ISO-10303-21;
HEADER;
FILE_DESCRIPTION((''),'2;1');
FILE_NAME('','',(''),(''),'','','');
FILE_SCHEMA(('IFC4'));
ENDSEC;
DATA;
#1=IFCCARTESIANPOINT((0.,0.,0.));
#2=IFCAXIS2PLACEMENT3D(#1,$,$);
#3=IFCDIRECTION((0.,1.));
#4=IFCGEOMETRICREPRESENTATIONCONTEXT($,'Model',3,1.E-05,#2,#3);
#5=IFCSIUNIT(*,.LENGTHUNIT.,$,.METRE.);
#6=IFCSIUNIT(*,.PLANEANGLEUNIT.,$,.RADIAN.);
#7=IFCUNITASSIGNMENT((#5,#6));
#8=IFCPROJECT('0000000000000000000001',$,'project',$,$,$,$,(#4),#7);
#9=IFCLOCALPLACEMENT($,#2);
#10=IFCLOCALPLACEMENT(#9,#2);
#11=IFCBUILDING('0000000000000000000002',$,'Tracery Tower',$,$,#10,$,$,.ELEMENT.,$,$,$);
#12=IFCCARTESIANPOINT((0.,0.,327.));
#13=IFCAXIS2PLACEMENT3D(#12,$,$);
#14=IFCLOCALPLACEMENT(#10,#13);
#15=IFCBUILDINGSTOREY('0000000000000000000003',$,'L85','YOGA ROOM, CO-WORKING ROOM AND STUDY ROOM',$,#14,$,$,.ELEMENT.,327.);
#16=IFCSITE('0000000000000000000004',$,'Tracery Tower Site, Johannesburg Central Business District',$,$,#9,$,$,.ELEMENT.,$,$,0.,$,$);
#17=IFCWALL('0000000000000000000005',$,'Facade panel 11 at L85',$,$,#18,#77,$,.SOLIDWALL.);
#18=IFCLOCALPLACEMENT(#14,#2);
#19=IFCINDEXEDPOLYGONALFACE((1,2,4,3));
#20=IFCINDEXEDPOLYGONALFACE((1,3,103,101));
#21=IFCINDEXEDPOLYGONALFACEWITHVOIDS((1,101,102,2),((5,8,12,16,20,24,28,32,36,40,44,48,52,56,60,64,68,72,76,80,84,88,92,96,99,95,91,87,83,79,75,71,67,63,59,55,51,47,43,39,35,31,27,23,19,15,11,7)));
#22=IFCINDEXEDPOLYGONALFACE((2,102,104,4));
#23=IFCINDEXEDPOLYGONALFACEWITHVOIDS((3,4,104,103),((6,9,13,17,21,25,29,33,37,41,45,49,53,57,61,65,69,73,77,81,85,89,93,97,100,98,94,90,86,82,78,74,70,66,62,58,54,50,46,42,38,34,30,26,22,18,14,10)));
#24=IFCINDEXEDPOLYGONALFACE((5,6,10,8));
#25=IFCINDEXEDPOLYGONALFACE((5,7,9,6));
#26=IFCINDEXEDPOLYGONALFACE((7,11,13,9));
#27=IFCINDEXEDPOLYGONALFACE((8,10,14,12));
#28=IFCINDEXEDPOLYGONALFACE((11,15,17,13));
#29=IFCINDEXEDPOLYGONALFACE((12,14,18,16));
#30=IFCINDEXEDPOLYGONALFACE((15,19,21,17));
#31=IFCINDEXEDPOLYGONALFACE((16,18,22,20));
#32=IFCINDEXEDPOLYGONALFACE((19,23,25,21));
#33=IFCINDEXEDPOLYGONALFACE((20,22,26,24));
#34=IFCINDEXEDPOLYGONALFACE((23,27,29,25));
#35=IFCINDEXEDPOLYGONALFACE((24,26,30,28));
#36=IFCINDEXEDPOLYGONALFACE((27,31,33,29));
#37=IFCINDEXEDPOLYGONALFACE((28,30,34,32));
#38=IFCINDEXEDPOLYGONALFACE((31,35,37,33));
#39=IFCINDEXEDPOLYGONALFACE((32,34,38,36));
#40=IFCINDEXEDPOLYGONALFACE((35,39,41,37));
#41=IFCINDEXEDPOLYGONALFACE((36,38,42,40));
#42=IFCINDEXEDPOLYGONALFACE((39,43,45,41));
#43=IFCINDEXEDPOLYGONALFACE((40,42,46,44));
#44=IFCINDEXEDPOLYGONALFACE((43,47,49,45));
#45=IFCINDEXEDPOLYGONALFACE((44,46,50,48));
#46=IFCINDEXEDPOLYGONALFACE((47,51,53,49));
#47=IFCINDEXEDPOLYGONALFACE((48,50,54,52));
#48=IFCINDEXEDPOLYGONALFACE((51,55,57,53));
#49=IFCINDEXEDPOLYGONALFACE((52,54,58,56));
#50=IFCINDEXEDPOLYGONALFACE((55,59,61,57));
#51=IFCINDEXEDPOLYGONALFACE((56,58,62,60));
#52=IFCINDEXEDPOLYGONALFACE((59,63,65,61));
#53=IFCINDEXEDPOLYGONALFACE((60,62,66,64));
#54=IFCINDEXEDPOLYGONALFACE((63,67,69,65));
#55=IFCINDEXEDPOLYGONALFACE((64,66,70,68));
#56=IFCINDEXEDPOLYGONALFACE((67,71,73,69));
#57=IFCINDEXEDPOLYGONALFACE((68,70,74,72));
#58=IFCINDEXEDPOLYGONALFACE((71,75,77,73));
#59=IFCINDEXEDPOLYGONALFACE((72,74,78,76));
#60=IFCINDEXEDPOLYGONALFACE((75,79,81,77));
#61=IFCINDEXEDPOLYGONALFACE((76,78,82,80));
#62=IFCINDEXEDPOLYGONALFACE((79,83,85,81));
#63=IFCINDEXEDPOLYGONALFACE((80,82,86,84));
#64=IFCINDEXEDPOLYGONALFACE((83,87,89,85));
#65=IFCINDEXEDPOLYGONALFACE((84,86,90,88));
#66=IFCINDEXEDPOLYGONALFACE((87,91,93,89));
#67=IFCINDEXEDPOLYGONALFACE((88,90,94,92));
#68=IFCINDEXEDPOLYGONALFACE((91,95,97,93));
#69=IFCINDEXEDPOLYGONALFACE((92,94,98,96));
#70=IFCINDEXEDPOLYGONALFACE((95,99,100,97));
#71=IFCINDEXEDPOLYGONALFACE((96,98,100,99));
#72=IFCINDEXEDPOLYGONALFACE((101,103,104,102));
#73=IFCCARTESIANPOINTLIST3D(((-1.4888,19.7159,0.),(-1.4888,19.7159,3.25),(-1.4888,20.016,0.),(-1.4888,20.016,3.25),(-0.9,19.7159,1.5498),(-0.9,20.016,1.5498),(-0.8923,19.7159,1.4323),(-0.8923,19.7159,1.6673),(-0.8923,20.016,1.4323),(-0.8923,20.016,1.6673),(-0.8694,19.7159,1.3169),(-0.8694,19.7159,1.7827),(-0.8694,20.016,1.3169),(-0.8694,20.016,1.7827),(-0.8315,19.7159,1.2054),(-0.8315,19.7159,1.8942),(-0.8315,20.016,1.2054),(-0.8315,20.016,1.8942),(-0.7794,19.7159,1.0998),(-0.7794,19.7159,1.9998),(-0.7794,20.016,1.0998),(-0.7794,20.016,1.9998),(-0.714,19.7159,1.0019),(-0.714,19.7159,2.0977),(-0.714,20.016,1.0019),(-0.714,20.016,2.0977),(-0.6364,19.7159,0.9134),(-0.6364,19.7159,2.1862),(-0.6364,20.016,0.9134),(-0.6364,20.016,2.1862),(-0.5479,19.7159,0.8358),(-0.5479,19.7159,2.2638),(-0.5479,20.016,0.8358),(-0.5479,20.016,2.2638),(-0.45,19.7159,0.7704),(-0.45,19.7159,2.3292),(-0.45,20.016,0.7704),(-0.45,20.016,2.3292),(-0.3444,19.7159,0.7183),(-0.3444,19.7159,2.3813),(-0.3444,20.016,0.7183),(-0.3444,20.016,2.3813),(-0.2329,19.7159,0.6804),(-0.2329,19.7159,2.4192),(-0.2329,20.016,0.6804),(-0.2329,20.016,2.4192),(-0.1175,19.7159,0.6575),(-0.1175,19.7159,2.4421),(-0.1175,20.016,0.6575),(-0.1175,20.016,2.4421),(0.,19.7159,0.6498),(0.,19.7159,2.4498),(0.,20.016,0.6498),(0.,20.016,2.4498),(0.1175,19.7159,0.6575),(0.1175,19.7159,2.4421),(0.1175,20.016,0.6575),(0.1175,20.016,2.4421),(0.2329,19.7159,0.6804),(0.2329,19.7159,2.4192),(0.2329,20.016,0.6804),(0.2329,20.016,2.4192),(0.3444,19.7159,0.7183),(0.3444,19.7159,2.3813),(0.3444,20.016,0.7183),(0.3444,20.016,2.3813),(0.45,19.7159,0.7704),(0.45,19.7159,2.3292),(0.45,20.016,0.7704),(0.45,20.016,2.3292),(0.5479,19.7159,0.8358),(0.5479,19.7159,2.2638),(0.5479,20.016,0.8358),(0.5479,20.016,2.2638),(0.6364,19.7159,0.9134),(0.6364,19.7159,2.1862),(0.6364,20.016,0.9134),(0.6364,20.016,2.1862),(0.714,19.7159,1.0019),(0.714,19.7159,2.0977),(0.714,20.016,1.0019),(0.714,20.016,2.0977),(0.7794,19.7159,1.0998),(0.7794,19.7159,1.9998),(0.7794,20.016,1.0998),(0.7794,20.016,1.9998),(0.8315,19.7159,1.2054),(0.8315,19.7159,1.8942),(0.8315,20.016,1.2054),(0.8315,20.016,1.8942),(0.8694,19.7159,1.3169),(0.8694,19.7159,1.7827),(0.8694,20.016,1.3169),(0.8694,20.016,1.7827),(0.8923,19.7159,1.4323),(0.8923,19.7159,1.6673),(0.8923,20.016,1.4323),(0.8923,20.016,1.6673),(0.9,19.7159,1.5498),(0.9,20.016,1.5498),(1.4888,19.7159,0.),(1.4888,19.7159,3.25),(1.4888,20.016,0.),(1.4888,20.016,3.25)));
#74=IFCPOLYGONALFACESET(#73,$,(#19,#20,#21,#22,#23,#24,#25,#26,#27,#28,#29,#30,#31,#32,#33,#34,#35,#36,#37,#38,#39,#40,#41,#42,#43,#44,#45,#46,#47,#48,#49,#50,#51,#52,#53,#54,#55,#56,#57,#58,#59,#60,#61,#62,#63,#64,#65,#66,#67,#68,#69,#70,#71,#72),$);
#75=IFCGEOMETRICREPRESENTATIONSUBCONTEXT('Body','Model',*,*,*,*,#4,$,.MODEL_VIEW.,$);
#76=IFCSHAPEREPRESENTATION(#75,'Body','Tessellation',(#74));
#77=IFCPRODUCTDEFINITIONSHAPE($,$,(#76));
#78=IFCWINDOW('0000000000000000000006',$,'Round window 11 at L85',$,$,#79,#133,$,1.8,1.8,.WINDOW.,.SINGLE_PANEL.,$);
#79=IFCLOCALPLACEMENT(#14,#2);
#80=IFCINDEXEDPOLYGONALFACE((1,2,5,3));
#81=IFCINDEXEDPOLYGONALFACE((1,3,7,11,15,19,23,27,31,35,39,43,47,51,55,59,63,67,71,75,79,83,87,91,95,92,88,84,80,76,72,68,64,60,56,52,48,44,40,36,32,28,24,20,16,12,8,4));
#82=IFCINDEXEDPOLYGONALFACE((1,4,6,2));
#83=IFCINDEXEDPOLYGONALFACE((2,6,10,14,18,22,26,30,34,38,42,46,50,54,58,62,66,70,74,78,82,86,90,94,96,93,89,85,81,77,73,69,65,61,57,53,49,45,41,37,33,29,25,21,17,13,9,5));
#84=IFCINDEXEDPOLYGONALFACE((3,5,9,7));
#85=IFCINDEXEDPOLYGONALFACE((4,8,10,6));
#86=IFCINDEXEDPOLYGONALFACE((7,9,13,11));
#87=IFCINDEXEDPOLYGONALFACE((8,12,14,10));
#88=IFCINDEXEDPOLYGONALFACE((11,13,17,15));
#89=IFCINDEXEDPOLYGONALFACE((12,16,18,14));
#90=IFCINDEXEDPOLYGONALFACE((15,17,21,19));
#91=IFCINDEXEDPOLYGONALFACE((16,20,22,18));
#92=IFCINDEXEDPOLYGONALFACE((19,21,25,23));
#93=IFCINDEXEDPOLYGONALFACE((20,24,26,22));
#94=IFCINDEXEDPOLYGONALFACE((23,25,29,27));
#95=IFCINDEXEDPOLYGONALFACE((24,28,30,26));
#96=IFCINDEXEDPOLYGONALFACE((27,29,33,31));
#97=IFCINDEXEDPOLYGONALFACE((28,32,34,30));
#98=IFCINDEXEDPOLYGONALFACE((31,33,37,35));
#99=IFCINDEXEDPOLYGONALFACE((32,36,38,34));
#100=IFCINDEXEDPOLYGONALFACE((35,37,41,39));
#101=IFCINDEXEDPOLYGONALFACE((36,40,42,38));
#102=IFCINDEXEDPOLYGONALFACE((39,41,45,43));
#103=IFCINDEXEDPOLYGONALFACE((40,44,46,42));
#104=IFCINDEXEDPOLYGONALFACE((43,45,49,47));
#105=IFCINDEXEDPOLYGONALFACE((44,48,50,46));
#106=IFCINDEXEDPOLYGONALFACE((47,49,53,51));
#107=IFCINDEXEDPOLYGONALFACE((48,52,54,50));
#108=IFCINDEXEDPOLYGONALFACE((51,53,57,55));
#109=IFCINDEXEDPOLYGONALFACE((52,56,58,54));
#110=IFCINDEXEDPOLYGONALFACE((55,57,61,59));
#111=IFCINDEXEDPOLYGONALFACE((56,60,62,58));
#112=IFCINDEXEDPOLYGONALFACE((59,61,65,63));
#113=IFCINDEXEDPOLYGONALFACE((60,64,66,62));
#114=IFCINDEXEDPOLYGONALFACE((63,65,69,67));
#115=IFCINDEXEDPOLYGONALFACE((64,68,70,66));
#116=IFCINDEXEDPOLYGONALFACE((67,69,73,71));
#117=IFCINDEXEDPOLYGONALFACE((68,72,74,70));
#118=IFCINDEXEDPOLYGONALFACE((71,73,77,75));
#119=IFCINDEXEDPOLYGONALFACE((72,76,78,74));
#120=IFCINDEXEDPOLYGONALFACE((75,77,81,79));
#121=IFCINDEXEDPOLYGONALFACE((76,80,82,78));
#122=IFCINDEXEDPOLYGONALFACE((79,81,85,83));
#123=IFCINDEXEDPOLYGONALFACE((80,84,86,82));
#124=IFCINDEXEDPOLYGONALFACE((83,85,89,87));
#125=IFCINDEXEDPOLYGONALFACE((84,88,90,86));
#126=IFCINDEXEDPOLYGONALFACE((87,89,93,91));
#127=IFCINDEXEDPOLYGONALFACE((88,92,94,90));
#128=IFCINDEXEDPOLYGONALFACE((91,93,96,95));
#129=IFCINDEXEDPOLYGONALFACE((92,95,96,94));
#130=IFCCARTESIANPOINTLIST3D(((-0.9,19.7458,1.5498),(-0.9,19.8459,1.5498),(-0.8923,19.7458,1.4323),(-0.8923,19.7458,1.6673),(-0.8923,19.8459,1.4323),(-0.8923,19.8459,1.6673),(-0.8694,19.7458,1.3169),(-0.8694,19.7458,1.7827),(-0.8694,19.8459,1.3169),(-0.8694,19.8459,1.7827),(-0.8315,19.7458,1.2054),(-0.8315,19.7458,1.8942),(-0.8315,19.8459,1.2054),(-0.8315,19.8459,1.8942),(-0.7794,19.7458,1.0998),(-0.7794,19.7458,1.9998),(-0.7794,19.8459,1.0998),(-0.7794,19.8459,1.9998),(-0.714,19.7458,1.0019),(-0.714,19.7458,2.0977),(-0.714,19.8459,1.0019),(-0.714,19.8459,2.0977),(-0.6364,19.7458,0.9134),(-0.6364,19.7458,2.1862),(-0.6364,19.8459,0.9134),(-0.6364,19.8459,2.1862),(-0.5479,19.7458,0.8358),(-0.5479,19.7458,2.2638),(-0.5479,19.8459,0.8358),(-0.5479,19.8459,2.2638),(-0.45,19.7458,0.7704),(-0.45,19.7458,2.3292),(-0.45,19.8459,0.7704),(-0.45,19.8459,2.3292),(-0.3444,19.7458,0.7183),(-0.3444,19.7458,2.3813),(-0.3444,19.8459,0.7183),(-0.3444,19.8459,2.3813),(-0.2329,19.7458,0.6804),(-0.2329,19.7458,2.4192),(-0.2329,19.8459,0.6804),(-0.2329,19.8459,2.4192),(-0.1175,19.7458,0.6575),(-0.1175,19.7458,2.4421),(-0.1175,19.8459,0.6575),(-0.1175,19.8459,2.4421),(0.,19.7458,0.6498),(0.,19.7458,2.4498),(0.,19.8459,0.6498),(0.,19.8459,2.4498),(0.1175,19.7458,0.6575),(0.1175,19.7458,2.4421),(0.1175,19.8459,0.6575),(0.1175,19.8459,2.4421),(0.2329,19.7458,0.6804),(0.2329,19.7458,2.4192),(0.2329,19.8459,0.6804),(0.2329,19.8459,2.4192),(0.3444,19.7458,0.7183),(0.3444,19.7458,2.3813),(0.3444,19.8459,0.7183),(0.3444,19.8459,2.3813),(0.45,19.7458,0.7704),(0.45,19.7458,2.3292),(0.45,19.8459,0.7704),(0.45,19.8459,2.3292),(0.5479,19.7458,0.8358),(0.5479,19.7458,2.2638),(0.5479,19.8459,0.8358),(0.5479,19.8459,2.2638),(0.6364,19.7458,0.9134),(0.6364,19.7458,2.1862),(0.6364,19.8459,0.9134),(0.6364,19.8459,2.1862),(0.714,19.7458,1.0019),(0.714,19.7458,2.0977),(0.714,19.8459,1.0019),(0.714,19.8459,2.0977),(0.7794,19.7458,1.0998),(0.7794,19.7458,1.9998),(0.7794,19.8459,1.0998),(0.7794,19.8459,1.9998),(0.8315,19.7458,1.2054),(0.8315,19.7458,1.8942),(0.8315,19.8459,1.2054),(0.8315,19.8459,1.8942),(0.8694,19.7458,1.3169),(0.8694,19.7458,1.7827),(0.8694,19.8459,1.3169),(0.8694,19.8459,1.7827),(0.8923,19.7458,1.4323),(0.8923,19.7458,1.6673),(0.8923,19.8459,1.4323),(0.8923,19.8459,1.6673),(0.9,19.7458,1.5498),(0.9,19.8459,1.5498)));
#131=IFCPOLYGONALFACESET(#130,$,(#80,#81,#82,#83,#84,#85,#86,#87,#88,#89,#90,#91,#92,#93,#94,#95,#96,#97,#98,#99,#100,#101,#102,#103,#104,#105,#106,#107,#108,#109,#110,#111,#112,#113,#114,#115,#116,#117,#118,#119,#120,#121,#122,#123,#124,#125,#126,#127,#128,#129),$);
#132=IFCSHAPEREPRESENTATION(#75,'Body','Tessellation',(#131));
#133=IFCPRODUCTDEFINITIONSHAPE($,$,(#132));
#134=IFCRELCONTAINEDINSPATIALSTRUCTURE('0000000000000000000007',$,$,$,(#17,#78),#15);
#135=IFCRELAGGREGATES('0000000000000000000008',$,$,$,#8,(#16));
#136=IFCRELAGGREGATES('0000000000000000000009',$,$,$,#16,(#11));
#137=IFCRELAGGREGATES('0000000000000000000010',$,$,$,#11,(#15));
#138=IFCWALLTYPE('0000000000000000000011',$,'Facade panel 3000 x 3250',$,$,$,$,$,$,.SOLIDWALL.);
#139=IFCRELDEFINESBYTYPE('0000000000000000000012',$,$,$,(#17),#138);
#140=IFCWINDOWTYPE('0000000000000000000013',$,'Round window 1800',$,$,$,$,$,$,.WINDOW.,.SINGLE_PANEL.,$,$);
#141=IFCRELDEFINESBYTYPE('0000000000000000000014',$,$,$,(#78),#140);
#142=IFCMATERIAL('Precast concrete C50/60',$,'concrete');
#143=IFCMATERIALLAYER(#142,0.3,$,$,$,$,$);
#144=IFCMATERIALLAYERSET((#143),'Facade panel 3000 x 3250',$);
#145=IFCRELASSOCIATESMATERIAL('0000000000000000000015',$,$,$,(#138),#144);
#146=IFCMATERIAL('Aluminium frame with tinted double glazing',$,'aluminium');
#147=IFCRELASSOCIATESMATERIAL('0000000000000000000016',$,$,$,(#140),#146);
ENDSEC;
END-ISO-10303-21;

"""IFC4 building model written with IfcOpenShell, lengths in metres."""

from ifc_helpers import new_model, si_unit, direction, frame, frame_2d, origin, origin_2d, place, context, subcontext, project, spatial, rectangle, circle, extrude, material, layer, layer_set, type_object, element, fill, save


model = new_model("IFC4")

# Units and contexts
model_context = context("Model", 3, precision=1e-05, world=origin(), true_north=direction((0.0, 1.0)))
body_context = subcontext(model_context, "Body", "Model", "MODEL_VIEW")
ifc_project = project(units=[si_unit("LENGTHUNIT", "METRE"), si_unit("PLANEANGLEUNIT", "RADIAN")], contexts=[model_context])

# Site, building, storey
site_placement = place(None, origin())
site = spatial("IfcSite", under=ifc_project, at=site_placement, Name="Tracery Tower Site, Johannesburg Central Business District", CompositionType="ELEMENT", RefElevation=0.0)
building_placement = place(site_placement, origin())
building = spatial("IfcBuilding", under=site, at=building_placement, Name="Tracery Tower", CompositionType="ELEMENT")
storey_placement = place(building_placement, frame((0.0, 0.0, 327.0)))
storey = spatial("IfcBuildingStorey", under=building, at=storey_placement, Name="L85", Description="YOGA ROOM, CO-WORKING ROOM AND STUDY ROOM", CompositionType="ELEMENT", Elevation=327.0)

# Wall, opening, window
ifc_material_1 = material(Name="Precast concrete C50/60", Category="concrete")
ifc_layer_1 = layer(ifc_material_1, 0.3)
ifc_layer_set_1 = layer_set([ifc_layer_1], Name="Facade panel 3000 x 3250")
wall_type_1 = type_object("IfcWallType", Name="Facade panel 3000 x 3250", PredefinedType="SOLIDWALL", material=ifc_layer_set_1)
ifc_material_2 = material(Name="Aluminium frame with tinted double glazing", Category="aluminium")
window_type = type_object("IfcWindowType", Name="Round window 1800", PartitioningType="SINGLE_PANEL", PredefinedType="WINDOW", material=ifc_material_2)
wall_1_placement = place(storey_placement, frame((1.4888, 19.866, 0.0), z_axis=(0.0, 0.0, 1.0), x_axis=(-1.0, 0.0, 0.0)))
wall_1 = element("IfcWall", 1, at=wall_1_placement, inside=storey, type_object=wall_type_1, Name="Facade panel 11 at L85", PredefinedType="SOLIDWALL", context=body_context, shape_type="SweptSolid", body=[
    extrude(rectangle(XDim=2.9775, YDim=0.3, at=frame_2d((1.4888, 0.0))), origin(), (0.0, 0.0, 1.0), 3.25),
])
opening_1_placement = place(wall_1_placement, frame((1.4888, 0.0, 1.5498)))
opening_1 = element("IfcOpeningElement", 2, at=opening_1_placement, cuts=wall_1, PredefinedType="OPENING", context=body_context, shape_type="SweptSolid", body=[
    extrude(circle(Radius=0.9, at=origin_2d()), frame((0.0, 0.1599, 0.0), z_axis=(0.0, -1.0, 0.0), x_axis=(1.0, 0.0, 0.0)), (0.0, 0.0, 1.0), 0.3201),
])
window_1_placement = place(opening_1_placement, origin())
window_1 = element("IfcWindow", 3, at=window_1_placement, inside=storey, type_object=window_type, Name="Round window 11 at L85", OverallHeight=1.8, OverallWidth=1.8, PartitioningType="SINGLE_PANEL", PredefinedType="WINDOW", context=body_context, shape_type="SweptSolid", body=[
    extrude(circle(Radius=0.9, at=origin_2d()), frame((0.0, 0.1201, 0.0), z_axis=(0.0, -1.0, 0.0), x_axis=(1.0, 0.0, 0.0)), (0.0, 0.0, 1.0), 0.1001),
])
fill(opening_1, window_1)

save(model, "model.ifc")
